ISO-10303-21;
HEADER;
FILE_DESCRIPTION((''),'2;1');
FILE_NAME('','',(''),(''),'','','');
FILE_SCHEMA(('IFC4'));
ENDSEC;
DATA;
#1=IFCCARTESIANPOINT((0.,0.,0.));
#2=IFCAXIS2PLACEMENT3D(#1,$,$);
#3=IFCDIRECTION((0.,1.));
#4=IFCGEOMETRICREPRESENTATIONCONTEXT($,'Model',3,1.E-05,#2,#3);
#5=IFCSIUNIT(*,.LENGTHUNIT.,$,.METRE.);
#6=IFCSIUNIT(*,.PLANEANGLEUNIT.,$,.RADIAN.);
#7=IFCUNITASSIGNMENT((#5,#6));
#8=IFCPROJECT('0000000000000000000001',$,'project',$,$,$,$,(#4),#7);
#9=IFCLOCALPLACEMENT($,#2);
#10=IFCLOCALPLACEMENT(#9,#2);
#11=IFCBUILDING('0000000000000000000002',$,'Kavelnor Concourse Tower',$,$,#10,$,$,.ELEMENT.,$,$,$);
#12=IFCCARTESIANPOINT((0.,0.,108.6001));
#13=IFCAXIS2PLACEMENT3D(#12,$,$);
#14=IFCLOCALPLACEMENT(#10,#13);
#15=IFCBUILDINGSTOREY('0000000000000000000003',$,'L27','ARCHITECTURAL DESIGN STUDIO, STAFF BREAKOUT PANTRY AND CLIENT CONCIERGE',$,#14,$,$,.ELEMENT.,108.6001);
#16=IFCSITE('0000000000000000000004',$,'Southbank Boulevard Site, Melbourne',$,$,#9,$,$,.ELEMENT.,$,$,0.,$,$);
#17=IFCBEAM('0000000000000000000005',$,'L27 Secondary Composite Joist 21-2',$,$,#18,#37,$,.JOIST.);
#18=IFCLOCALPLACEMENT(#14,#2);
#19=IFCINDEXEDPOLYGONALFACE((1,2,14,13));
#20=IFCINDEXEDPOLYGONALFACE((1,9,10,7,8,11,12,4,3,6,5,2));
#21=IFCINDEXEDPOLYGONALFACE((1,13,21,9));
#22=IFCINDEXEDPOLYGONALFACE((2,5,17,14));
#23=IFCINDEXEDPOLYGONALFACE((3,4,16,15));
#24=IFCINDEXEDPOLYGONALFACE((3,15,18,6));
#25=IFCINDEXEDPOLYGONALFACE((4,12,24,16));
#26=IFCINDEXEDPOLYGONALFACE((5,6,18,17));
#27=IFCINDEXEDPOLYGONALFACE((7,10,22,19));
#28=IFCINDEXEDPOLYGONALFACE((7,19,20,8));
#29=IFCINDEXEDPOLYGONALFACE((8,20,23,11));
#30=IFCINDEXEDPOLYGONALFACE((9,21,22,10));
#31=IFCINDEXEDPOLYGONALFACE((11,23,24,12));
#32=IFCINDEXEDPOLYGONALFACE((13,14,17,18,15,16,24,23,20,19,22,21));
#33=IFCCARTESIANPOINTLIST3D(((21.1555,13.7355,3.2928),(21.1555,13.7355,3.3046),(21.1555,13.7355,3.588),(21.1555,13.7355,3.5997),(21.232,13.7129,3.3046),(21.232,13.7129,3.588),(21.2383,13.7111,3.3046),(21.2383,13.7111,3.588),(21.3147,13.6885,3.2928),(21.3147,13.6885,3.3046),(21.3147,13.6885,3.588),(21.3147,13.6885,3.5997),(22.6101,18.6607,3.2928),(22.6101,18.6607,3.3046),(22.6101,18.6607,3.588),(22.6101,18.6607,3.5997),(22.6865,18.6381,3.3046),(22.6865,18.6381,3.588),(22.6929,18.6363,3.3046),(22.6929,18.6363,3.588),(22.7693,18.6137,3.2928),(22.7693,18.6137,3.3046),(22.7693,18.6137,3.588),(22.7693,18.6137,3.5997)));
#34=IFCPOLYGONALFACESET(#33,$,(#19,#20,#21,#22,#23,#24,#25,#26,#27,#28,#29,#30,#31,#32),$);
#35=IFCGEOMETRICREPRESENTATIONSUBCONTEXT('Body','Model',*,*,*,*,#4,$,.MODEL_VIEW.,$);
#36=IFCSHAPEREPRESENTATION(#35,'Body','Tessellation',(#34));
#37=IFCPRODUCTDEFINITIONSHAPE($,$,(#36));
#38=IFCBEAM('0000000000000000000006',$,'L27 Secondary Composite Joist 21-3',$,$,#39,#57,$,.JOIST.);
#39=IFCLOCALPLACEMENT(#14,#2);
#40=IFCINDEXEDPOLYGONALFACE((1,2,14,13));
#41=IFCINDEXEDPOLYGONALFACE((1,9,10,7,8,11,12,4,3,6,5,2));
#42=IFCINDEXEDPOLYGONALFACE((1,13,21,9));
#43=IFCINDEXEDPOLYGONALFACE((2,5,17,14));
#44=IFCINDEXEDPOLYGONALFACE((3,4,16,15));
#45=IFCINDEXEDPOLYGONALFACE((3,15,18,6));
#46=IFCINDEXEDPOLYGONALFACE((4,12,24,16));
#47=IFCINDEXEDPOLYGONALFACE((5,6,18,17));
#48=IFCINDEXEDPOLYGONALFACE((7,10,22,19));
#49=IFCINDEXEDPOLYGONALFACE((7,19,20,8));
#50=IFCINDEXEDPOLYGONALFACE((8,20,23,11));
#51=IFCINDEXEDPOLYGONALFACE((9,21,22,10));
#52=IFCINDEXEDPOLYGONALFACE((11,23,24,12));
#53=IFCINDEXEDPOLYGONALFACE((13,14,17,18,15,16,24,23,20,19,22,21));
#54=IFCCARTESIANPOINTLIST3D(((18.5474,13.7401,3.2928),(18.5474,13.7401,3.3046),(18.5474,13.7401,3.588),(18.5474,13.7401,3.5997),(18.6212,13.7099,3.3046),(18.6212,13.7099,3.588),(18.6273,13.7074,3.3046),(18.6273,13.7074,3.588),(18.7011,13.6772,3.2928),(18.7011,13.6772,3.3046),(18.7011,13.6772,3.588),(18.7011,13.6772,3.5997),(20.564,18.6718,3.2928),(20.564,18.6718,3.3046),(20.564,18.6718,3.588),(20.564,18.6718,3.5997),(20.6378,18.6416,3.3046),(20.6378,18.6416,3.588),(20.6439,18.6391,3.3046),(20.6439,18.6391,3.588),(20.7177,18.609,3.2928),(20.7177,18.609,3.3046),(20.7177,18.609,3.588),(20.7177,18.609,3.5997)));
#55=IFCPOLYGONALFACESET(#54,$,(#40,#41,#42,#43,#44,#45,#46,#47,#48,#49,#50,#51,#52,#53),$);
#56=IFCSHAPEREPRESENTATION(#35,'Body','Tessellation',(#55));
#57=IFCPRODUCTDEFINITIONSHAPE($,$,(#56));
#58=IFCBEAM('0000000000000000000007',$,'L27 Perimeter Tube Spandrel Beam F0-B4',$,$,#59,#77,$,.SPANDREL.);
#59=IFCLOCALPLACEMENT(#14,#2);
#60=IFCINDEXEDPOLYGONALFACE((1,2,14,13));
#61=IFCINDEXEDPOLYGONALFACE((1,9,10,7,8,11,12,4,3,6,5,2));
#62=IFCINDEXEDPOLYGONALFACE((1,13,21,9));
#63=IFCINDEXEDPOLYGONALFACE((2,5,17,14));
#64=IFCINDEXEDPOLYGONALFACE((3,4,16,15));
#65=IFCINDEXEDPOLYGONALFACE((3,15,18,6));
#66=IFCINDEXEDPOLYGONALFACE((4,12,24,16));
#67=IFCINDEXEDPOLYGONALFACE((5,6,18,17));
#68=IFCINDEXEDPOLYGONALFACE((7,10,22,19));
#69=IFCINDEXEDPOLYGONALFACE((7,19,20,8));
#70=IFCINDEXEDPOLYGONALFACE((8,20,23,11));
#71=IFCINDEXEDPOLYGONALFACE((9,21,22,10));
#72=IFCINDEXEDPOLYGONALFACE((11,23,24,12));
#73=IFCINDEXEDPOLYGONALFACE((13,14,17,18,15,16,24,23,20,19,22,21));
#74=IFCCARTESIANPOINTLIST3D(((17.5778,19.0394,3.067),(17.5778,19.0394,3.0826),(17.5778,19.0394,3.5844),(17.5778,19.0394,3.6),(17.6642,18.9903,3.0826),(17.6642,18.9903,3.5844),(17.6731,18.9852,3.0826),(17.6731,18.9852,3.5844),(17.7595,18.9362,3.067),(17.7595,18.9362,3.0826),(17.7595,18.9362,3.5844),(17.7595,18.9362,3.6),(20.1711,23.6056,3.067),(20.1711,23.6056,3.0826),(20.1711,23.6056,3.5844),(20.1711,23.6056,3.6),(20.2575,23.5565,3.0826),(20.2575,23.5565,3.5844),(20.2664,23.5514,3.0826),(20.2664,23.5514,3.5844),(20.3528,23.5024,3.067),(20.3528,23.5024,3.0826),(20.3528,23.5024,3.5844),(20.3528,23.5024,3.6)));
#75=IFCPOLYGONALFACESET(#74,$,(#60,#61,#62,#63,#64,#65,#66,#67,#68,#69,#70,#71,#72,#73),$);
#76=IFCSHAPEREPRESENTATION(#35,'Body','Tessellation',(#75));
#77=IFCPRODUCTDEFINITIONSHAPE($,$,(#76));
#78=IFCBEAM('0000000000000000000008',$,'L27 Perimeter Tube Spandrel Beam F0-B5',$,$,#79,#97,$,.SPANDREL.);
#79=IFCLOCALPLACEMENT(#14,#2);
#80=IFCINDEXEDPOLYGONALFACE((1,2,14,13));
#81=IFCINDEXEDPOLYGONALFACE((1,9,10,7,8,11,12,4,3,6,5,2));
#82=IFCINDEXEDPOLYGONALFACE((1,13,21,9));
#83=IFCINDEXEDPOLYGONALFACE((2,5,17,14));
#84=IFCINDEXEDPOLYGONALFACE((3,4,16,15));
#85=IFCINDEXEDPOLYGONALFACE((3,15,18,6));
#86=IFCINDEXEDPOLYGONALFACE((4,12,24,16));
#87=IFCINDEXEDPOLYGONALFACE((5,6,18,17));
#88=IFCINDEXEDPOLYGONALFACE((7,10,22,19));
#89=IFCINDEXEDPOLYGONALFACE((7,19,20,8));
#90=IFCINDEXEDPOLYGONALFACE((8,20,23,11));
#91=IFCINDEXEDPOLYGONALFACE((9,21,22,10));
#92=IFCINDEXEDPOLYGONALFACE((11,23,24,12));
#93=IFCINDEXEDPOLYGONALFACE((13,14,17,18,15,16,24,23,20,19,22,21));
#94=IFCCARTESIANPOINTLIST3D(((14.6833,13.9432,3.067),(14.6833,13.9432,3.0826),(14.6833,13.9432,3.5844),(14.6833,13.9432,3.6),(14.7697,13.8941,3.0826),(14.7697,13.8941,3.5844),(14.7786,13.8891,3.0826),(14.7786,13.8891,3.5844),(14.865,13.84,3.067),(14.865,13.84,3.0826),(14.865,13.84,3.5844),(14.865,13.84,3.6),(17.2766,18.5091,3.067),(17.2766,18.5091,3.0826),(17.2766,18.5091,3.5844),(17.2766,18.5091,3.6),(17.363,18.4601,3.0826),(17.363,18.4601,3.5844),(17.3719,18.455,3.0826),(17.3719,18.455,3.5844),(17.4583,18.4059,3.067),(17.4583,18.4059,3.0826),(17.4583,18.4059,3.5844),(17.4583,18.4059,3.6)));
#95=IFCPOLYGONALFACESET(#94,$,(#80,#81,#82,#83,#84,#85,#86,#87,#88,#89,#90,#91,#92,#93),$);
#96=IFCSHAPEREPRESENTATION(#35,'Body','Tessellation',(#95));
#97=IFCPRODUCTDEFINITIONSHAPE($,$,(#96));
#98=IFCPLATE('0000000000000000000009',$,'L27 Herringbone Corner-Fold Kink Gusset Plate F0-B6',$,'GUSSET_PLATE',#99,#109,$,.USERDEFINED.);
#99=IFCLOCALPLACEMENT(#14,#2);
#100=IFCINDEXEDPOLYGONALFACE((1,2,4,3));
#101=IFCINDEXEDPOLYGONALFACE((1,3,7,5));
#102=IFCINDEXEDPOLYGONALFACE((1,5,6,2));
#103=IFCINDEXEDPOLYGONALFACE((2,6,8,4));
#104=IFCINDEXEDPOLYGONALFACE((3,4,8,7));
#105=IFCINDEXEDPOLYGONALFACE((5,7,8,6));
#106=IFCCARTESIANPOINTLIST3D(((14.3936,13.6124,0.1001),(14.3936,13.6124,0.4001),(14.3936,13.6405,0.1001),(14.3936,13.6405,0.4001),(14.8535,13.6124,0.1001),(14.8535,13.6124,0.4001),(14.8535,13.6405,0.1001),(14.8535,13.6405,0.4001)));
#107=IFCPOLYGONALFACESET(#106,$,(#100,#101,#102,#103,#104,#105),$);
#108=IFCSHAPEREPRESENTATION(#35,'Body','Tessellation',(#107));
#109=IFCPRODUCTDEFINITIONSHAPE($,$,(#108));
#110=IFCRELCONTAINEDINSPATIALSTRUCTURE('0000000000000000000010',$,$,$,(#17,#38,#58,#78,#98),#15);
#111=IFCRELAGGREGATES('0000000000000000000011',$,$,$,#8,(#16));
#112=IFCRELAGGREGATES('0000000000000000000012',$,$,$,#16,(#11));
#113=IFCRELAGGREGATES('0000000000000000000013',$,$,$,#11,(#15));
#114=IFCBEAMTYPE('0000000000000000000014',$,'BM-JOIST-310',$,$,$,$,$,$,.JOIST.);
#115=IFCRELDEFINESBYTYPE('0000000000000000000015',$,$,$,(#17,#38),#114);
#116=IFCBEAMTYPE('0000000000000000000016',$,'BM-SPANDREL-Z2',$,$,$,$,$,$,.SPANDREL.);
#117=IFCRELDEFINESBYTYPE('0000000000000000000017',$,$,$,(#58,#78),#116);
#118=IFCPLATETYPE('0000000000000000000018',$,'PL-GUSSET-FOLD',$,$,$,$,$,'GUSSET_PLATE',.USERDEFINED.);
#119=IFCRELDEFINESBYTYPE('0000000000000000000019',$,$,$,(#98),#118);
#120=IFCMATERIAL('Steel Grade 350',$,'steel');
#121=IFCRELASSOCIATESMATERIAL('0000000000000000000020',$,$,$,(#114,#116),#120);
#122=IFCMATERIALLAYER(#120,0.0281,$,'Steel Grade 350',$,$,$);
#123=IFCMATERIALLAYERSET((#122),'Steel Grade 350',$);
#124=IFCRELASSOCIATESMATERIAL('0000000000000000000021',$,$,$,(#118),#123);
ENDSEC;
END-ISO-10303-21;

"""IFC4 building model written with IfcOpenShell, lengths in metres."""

from ifc_helpers import new_model, si_unit, direction, frame, origin, origin_2d, place, context, subcontext, project, spatial, rectangle, i_section, extrude, material, layer, layer_set, material_profile, profile_set, type_object, element, save


model = new_model("IFC4")

# Units and contexts
model_context = context("Model", 3, precision=1e-05, world=origin(), true_north=direction((0.0, 1.0)))
body_context = subcontext(model_context, "Body", "Model", "MODEL_VIEW")
ifc_project = project(units=[si_unit("LENGTHUNIT", "METRE"), si_unit("PLANEANGLEUNIT", "RADIAN")], contexts=[model_context])

# Site, building, storey
site_placement = place(None, origin())
site = spatial("IfcSite", under=ifc_project, at=site_placement, Name="Southbank Boulevard Site, Melbourne", CompositionType="ELEMENT", RefElevation=0.0)
building_placement = place(site_placement, origin())
building = spatial("IfcBuilding", under=site, at=building_placement, Name="Kavelnor Concourse Tower", CompositionType="ELEMENT")
storey_placement = place(building_placement, frame((0.0, 0.0, 108.6001)))
storey = spatial("IfcBuildingStorey", under=building, at=storey_placement, Name="L27", Description="ARCHITECTURAL DESIGN STUDIO, STAFF BREAKOUT PANTRY AND CLIENT CONCIERGE", CompositionType="ELEMENT", Elevation=108.6001)

# Shared definitions
ifc_material_1 = material(Name="Steel Grade 350", Category="steel")

# Beams
ifc_material_profile_1 = material_profile(ifc_material_1, i_section(OverallWidth=0.166, OverallDepth=0.3069, WebThickness=0.0066, FlangeThickness=0.0117, at=origin_2d()), Name="310UB46")
ifc_profile_set_1 = profile_set([ifc_material_profile_1], Name="Steel Grade 350")
beam_type_1 = type_object("IfcBeamType", Name="BM-JOIST-310", PredefinedType="JOIST", material=ifc_profile_set_1)
beam_1_placement = place(storey_placement, frame((22.6897, 18.6372, 3.4463), z_axis=(-0.283237, -0.95905, 0.0), x_axis=(0.95905, -0.283237, 0.0)))
element("IfcBeam", 1, at=beam_1_placement, inside=storey, type_object=beam_type_1, Name="L27 Secondary Composite Joist 21-2", PredefinedType="JOIST", context=body_context, shape_type="SweptSolid", body=[
    extrude(i_section(OverallWidth=0.166, OverallDepth=0.3069, WebThickness=0.0066, FlangeThickness=0.0117, at=origin_2d()), origin(), (0.0, 0.0, 1.0), 5.1355),
])
beam_2_placement = place(storey_placement, frame((20.6409, 18.6404, 3.4463), z_axis=(-0.37849, -0.925605, 0.0), x_axis=(0.925605, -0.37849, 0.0)))
element("IfcBeam", 2, at=beam_2_placement, inside=storey, type_object=beam_type_1, Name="L27 Secondary Composite Joist 21-3", PredefinedType="JOIST", context=body_context, shape_type="SweptSolid", body=[
    extrude(i_section(OverallWidth=0.166, OverallDepth=0.3069, WebThickness=0.0066, FlangeThickness=0.0117, at=origin_2d()), origin(), (0.0, 0.0, 1.0), 5.3281),
])
ifc_material_profile_2 = material_profile(ifc_material_1, i_section(OverallWidth=0.209, OverallDepth=0.533, WebThickness=0.0103, FlangeThickness=0.0156, at=origin_2d()), Name="530UB92")
ifc_profile_set_2 = profile_set([ifc_material_profile_2], Name="Steel Grade 350")
beam_type_2 = type_object("IfcBeamType", Name="BM-SPANDREL-Z2", PredefinedType="SPANDREL", material=ifc_profile_set_2)
beam_3_placement = place(storey_placement, frame((20.262, 23.554, 3.3335), z_axis=(-0.493844, -0.86955, 0.0), x_axis=(0.86955, -0.493844, 0.0)))
element("IfcBeam", 3, at=beam_3_placement, inside=storey, type_object=beam_type_2, Name="L27 Perimeter Tube Spandrel Beam F0-B4", PredefinedType="SPANDREL", context=body_context, shape_type="SweptSolid", body=[
    extrude(i_section(OverallWidth=0.209, OverallDepth=0.533, WebThickness=0.0103, FlangeThickness=0.0156, at=origin_2d()), origin(), (0.0, 0.0, 1.0), 5.2512),
])
beam_4_placement = place(storey_placement, frame((17.3674, 18.4575, 3.3335), z_axis=(-0.493864, -0.869539, 0.0), x_axis=(0.869539, -0.493864, 0.0)))
element("IfcBeam", 4, at=beam_4_placement, inside=storey, type_object=beam_type_2, Name="L27 Perimeter Tube Spandrel Beam F0-B5", PredefinedType="SPANDREL", context=body_context, shape_type="SweptSolid", body=[
    extrude(i_section(OverallWidth=0.209, OverallDepth=0.533, WebThickness=0.0103, FlangeThickness=0.0156, at=origin_2d()), origin(), (0.0, 0.0, 1.0), 5.251),
])

# Plate
ifc_layer_1 = layer(ifc_material_1, 0.0281, Name="Steel Grade 350")
ifc_layer_set_1 = layer_set([ifc_layer_1], Name="Steel Grade 350")
plate_type = type_object("IfcPlateType", Name="PL-GUSSET-FOLD", ElementType="GUSSET_PLATE", PredefinedType="USERDEFINED", material=ifc_layer_set_1)
plate_placement = place(storey_placement, frame((14.6235, 13.6265, 0.1001), z_axis=(0.0, 0.0, 1.0), x_axis=(1.0, 0.0, 0.0)))
element("IfcPlate", 5, at=plate_placement, inside=storey, type_object=plate_type, Name="L27 Herringbone Corner-Fold Kink Gusset Plate F0-B6", ObjectType="GUSSET_PLATE", PredefinedType="USERDEFINED", context=body_context, shape_type="SweptSolid", body=[
    extrude(rectangle(XDim=0.46, YDim=0.0281, at=origin_2d()), origin(), (0.0, 0.0, 1.0), 0.3),
])

save(model, "model.ifc")
